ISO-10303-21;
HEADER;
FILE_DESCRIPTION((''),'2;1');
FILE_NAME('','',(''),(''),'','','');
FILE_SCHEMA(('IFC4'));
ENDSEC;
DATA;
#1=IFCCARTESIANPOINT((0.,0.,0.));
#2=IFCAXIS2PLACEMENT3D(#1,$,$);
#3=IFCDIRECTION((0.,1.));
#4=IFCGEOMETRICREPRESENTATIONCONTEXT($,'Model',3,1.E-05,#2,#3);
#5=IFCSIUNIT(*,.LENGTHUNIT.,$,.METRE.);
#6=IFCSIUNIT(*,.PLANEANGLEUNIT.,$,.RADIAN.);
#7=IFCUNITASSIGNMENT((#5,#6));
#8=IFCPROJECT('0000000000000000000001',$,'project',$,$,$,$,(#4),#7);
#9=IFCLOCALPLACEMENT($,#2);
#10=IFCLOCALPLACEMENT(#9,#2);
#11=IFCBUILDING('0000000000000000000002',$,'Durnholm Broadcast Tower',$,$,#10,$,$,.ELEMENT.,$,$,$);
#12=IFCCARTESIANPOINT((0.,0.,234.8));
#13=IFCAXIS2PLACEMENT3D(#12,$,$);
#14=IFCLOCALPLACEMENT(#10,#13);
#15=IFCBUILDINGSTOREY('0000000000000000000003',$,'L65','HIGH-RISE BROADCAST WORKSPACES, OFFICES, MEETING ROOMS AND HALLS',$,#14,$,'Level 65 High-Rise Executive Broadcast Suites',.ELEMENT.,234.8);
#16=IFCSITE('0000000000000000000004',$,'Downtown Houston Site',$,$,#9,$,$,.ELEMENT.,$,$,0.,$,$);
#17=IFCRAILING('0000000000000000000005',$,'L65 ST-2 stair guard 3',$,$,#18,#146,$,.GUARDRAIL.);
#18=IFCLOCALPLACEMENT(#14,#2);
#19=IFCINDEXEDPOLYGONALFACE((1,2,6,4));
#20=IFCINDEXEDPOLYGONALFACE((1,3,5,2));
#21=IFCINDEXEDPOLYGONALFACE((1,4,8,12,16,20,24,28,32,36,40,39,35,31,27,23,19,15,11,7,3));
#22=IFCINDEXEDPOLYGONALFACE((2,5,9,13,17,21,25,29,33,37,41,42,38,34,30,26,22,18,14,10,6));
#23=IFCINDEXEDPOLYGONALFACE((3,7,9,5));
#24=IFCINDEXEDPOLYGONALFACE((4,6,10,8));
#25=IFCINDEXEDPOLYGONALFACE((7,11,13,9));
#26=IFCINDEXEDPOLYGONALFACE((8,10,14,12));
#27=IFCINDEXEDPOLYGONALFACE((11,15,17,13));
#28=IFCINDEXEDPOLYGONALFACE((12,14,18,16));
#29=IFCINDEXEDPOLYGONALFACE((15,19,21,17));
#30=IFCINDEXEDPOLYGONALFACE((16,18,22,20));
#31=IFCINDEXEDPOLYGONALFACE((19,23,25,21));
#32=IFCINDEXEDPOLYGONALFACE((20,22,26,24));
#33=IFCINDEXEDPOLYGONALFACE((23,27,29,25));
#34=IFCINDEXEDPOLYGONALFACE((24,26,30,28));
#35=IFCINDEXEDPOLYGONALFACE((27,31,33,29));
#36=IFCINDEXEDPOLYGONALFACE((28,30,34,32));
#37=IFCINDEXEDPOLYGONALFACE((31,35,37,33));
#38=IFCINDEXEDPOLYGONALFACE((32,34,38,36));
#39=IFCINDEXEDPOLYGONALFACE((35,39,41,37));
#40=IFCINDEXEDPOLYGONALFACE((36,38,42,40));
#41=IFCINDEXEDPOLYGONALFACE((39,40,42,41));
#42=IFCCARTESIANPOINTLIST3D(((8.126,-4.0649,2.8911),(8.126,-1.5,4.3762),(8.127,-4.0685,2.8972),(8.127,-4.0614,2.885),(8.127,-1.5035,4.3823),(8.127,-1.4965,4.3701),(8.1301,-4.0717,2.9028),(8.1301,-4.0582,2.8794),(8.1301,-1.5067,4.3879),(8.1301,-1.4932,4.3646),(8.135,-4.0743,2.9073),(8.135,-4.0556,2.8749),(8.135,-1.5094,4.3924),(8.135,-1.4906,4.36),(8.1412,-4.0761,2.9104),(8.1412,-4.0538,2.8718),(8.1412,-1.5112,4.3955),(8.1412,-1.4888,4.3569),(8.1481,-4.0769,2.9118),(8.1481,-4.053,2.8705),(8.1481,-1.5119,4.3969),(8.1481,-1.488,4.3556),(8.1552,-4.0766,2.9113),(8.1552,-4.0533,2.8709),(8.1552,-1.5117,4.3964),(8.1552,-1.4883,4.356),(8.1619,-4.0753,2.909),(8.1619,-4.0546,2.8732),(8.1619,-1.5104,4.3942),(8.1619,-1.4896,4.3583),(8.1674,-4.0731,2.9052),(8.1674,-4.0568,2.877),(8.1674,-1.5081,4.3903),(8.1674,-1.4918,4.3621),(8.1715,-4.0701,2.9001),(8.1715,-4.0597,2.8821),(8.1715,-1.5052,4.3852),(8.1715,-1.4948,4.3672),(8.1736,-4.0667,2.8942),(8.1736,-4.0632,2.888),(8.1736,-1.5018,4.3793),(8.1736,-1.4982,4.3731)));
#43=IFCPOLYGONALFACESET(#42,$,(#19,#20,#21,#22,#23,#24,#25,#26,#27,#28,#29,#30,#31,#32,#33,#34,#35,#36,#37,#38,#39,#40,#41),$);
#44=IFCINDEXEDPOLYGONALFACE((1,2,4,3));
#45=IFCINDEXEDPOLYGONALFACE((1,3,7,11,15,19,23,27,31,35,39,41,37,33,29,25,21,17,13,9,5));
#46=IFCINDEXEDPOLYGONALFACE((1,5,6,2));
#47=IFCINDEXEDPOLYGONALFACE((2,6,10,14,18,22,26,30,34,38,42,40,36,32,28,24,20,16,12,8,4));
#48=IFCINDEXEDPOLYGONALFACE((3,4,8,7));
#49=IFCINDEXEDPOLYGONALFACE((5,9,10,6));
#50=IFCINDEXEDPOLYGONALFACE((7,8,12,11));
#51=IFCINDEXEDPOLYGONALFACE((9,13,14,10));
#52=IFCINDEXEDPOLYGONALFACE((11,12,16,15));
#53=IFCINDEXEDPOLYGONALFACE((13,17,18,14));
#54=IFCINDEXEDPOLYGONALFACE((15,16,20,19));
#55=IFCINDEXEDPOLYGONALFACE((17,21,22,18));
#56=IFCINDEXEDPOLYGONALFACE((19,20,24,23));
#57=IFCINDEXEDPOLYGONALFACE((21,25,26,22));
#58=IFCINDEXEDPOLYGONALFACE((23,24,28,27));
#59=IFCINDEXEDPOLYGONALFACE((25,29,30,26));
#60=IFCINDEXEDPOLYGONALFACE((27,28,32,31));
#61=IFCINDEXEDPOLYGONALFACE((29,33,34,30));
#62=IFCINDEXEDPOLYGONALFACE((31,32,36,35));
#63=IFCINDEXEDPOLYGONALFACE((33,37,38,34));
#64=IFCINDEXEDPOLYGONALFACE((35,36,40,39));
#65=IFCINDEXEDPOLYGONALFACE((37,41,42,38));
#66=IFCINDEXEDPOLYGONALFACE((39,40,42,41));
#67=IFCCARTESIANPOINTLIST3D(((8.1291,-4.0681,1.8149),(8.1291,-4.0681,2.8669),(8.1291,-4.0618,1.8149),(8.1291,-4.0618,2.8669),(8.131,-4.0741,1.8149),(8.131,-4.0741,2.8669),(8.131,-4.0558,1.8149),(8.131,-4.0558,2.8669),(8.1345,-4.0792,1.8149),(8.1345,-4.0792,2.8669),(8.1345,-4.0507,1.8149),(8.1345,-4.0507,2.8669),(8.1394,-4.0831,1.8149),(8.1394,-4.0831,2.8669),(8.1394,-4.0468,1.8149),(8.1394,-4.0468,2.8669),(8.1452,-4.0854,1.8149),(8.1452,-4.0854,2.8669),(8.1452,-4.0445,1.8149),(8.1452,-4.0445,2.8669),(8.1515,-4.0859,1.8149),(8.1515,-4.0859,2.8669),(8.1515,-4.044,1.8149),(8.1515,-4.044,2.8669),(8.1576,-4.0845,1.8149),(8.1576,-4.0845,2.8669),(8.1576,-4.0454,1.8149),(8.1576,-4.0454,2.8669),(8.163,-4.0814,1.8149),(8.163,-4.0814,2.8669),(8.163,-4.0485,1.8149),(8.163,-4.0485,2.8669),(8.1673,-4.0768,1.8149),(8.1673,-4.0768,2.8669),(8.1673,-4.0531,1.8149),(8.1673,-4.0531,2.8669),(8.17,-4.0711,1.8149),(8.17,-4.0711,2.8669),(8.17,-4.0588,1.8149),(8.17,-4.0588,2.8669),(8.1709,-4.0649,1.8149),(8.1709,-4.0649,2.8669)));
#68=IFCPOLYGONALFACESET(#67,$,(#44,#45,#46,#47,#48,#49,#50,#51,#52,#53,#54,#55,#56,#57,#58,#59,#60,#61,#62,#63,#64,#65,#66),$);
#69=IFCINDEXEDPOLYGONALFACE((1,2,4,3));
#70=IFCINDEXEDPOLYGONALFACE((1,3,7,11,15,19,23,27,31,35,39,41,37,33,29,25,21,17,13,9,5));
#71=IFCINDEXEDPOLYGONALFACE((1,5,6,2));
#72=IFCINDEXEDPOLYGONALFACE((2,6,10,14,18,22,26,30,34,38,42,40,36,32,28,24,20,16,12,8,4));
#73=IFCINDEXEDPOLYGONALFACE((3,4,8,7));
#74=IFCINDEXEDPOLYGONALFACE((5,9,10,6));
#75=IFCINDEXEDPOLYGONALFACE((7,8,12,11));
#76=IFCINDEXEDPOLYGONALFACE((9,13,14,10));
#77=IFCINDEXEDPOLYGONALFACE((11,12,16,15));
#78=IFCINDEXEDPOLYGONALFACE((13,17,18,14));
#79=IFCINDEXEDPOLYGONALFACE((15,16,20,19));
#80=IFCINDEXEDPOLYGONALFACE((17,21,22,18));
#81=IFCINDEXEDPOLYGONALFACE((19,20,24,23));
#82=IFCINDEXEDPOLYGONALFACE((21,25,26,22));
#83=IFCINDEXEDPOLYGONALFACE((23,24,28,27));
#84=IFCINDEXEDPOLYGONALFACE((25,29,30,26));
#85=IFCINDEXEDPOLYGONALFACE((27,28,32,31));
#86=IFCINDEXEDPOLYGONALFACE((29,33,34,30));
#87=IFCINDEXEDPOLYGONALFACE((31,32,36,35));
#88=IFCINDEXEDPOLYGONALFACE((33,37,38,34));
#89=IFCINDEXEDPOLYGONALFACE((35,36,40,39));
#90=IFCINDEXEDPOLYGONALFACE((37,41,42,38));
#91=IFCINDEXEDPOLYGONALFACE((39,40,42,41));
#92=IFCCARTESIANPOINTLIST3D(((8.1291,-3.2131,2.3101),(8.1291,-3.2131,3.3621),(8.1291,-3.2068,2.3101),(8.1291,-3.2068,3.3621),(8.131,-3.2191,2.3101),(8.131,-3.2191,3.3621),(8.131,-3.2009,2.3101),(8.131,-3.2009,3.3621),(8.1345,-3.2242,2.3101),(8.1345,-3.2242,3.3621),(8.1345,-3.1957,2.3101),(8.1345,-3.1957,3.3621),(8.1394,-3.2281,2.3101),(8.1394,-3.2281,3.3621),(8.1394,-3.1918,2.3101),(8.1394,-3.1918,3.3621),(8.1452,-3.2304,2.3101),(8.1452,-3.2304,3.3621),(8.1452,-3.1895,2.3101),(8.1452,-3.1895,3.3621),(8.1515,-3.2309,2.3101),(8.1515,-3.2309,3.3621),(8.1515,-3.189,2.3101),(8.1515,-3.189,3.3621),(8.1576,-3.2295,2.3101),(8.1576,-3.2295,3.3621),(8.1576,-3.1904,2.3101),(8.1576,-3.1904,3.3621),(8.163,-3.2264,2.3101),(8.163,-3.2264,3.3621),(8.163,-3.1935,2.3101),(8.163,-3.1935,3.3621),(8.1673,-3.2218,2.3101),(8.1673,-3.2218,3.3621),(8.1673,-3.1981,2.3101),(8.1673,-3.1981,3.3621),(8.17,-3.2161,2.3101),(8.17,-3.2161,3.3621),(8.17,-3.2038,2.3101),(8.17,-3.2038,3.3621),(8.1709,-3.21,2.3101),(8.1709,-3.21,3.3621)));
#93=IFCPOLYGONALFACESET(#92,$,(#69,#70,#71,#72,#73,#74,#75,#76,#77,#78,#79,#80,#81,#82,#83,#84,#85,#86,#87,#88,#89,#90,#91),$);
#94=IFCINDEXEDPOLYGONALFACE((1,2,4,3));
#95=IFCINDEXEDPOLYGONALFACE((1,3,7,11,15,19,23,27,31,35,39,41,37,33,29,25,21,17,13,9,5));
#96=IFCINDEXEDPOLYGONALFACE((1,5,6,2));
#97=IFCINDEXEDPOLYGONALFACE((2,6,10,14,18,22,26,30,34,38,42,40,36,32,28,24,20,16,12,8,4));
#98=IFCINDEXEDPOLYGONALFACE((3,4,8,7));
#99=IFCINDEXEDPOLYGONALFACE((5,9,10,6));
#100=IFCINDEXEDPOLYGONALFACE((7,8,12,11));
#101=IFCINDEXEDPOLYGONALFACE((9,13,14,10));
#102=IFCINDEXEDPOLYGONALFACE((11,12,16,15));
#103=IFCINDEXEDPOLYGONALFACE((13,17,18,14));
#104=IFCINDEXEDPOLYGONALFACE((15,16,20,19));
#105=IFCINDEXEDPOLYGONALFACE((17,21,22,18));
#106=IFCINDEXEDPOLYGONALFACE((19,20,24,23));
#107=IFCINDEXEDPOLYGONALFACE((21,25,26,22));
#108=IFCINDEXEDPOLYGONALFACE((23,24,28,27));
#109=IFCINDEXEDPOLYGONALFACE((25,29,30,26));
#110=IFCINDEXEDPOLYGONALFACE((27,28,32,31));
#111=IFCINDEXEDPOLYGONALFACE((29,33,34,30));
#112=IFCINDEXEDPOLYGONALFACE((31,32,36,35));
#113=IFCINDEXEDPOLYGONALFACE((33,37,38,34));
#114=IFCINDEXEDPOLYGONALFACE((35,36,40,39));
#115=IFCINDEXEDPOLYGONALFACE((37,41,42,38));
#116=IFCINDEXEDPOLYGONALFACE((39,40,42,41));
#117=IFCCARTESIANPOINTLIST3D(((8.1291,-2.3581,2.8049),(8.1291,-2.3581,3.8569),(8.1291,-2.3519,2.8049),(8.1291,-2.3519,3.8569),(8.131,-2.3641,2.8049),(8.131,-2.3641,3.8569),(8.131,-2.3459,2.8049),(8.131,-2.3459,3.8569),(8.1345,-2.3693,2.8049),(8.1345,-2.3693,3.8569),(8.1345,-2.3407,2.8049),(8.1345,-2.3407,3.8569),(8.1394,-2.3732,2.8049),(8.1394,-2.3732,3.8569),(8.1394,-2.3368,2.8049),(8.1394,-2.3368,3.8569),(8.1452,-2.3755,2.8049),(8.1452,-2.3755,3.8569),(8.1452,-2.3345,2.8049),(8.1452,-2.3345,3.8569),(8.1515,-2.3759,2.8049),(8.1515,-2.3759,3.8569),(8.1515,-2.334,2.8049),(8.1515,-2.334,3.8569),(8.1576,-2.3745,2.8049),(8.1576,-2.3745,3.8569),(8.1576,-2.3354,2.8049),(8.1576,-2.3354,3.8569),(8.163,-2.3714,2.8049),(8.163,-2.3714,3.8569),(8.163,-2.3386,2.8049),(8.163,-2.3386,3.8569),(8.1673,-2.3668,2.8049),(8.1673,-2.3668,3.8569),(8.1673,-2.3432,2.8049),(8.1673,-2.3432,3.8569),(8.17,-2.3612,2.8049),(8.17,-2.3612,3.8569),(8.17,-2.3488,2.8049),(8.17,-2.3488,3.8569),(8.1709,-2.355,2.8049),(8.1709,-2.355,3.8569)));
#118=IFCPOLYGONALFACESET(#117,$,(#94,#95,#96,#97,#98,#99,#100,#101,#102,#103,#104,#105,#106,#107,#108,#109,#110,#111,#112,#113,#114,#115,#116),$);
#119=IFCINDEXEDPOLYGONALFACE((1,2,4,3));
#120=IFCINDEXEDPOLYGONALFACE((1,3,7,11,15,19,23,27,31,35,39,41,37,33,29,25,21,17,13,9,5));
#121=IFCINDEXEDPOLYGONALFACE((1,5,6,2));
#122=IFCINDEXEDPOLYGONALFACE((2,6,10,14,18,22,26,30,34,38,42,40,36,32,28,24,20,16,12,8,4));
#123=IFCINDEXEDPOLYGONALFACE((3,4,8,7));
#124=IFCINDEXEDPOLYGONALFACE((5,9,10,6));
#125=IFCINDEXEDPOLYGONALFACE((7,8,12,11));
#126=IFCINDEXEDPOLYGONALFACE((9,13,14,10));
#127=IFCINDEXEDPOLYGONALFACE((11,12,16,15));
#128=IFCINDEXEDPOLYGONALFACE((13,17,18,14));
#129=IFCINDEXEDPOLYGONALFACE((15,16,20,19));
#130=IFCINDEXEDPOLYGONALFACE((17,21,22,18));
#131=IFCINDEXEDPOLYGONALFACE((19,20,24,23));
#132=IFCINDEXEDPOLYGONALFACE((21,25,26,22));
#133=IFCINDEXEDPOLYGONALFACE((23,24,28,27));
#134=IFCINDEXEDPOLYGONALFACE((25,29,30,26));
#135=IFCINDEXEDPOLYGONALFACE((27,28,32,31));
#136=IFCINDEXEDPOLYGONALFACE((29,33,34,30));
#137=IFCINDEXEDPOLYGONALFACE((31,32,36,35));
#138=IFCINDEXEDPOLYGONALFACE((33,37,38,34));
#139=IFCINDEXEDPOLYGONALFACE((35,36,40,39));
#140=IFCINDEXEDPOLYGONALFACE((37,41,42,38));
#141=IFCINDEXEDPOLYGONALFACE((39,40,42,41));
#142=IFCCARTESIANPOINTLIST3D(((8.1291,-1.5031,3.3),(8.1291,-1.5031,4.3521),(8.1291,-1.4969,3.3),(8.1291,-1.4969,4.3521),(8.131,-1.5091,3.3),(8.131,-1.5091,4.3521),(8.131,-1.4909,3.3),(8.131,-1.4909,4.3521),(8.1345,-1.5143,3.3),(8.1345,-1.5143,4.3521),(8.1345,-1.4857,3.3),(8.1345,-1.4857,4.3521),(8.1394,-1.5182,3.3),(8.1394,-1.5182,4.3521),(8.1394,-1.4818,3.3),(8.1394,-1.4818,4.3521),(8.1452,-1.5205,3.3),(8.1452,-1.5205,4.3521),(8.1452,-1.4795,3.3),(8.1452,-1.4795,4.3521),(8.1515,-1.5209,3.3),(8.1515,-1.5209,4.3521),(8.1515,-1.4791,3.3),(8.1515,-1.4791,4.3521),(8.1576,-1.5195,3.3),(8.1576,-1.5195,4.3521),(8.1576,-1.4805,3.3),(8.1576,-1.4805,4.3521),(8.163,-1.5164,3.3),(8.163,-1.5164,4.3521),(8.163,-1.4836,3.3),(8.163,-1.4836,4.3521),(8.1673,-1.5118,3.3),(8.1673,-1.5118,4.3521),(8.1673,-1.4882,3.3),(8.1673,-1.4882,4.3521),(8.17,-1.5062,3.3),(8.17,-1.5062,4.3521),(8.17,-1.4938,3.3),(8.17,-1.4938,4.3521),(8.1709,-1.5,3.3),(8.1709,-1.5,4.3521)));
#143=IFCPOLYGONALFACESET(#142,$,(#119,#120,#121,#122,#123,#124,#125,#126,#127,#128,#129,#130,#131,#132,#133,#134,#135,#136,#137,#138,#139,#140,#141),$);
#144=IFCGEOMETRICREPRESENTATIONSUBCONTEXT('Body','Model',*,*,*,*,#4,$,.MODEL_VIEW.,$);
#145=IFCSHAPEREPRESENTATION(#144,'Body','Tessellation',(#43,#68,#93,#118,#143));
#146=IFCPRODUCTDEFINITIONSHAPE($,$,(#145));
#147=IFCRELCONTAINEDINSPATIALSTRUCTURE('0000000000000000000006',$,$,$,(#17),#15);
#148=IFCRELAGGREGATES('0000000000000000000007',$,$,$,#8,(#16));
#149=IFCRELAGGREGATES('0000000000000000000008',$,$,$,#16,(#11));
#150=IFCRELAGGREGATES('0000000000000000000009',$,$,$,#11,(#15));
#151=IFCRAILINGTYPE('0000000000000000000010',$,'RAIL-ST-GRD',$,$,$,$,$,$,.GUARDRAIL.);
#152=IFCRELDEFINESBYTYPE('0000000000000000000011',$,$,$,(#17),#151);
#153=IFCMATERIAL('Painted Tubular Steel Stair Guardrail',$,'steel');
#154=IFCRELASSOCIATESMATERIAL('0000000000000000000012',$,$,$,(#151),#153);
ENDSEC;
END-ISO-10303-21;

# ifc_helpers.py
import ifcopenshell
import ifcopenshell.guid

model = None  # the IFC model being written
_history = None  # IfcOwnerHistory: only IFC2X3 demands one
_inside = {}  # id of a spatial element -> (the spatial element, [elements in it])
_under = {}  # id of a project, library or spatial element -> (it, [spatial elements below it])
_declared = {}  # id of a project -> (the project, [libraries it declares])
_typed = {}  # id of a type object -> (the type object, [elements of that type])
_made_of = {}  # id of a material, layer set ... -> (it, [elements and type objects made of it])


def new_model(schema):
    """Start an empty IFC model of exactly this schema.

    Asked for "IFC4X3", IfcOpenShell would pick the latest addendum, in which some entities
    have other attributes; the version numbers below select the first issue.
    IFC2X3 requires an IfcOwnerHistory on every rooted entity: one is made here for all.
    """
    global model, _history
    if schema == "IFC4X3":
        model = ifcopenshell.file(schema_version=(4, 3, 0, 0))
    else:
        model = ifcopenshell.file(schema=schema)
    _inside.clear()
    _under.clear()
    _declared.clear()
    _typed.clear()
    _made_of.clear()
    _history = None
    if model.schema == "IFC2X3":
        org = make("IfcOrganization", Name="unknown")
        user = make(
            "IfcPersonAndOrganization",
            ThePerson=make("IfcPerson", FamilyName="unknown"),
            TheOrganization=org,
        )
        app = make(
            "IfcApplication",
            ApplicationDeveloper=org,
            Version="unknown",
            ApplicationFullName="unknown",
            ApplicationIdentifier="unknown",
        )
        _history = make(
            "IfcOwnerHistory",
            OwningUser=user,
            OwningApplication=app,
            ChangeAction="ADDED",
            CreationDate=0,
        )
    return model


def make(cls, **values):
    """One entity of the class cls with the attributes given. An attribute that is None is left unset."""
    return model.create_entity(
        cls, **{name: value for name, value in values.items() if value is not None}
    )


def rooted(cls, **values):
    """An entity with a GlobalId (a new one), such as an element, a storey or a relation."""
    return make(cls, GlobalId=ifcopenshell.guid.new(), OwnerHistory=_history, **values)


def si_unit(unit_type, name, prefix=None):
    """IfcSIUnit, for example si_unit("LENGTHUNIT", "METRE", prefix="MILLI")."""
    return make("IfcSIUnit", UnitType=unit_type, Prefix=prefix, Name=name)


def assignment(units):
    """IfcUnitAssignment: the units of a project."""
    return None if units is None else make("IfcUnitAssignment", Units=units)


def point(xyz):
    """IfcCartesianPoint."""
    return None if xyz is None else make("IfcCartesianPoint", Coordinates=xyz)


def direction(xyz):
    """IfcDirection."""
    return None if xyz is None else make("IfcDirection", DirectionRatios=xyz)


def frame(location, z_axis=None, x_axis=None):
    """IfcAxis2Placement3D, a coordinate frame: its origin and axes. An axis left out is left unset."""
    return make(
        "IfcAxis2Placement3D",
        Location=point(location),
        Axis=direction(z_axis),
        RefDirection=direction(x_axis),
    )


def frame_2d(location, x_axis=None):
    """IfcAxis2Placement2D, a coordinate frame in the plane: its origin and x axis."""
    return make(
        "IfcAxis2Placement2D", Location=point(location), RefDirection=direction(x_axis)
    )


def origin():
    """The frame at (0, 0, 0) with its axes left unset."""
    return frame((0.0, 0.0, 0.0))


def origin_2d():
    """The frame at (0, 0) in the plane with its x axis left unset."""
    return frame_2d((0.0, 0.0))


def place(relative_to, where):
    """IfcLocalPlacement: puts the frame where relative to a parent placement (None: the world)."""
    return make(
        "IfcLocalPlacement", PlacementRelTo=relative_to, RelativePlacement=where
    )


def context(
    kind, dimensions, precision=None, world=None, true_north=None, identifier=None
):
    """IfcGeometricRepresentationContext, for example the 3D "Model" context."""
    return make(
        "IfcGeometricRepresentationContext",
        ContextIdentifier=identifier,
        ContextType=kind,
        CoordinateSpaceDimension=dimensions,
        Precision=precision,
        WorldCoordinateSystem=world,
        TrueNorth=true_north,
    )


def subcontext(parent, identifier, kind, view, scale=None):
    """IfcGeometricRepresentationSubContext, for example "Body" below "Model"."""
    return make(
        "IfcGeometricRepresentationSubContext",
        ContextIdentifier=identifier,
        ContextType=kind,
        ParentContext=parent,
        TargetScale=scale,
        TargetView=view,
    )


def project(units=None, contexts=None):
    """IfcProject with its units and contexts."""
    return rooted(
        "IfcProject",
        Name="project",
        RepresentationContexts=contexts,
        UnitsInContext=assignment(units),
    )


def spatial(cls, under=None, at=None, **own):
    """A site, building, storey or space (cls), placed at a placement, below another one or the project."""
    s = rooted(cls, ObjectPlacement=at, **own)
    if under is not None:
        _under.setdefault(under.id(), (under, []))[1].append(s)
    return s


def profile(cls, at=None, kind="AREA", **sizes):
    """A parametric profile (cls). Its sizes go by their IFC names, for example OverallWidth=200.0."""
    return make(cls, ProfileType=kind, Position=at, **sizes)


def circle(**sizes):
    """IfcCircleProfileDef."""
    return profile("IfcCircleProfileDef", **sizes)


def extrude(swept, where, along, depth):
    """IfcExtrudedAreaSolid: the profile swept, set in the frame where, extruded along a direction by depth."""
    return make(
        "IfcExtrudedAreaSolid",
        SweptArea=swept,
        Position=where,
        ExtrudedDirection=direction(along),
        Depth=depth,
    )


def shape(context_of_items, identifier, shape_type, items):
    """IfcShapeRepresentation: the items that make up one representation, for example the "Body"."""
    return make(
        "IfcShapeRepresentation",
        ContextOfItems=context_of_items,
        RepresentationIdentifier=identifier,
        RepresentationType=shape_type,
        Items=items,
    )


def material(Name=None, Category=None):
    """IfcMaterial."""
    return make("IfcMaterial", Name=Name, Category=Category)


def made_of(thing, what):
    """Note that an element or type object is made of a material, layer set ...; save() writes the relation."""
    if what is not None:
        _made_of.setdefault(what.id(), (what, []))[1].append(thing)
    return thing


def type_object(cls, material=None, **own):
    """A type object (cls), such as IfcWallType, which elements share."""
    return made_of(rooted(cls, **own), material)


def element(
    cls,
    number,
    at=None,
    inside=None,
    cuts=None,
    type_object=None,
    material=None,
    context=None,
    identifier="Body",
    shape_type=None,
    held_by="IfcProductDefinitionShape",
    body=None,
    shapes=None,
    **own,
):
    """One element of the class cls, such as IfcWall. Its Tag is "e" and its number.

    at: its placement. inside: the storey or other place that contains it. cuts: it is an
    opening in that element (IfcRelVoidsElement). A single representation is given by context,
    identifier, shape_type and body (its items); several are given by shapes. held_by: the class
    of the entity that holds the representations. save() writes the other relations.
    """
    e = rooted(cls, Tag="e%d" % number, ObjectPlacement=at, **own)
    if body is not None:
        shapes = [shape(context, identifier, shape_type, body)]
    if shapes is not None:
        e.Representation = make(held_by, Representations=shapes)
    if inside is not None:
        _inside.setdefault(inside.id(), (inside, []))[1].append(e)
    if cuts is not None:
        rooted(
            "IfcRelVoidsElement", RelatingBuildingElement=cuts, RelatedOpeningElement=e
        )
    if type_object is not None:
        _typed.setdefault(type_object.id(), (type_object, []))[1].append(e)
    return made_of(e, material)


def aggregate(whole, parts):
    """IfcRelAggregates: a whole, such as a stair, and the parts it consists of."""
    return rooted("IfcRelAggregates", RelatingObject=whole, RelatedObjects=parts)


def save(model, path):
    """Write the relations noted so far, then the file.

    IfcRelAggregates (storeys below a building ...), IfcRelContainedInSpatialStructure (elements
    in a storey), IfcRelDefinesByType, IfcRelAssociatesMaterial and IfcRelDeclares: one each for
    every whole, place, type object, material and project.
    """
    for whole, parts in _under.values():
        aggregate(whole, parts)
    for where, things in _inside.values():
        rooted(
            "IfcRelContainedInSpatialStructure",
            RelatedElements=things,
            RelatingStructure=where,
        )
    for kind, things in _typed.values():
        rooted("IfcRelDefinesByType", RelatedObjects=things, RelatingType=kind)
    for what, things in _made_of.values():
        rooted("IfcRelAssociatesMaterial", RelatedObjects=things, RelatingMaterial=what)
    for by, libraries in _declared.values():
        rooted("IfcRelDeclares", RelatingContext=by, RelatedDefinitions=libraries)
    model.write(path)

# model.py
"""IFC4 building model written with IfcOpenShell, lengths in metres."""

from ifc_helpers import new_model, si_unit, direction, frame, origin, origin_2d, place, context, subcontext, project, spatial, circle, extrude, material, type_object, element, save


model = new_model("IFC4")

# Units and contexts
model_context = context("Model", 3, precision=1e-05, world=origin(), true_north=direction((0.0, 1.0)))
body_context = subcontext(model_context, "Body", "Model", "MODEL_VIEW")
ifc_project = project(units=[si_unit("LENGTHUNIT", "METRE"), si_unit("PLANEANGLEUNIT", "RADIAN")], contexts=[model_context])

# Site, building, storey
site_placement = place(None, origin())
site = spatial("IfcSite", under=ifc_project, at=site_placement, Name="Downtown Houston Site", CompositionType="ELEMENT", RefElevation=0.0)
building_placement = place(site_placement, origin())
building = spatial("IfcBuilding", under=site, at=building_placement, Name="Durnholm Broadcast Tower", CompositionType="ELEMENT")
storey_placement = place(building_placement, frame((0.0, 0.0, 234.8)))
storey = spatial("IfcBuildingStorey", under=building, at=storey_placement, Name="L65", Description="HIGH-RISE BROADCAST WORKSPACES, OFFICES, MEETING ROOMS AND HALLS", LongName="Level 65 High-Rise Executive Broadcast Suites", CompositionType="ELEMENT", Elevation=234.8)

# Railing
ifc_material_1 = material(Name="Painted Tubular Steel Stair Guardrail", Category="steel")
railing_type_1 = type_object("IfcRailingType", Name="RAIL-ST-GRD", PredefinedType="GUARDRAIL", material=ifc_material_1)
railing_1_placement = place(storey_placement, frame((8.1499, -4.0649, 1.8149)))
element("IfcRailing", 1, at=railing_1_placement, inside=storey, type_object=railing_type_1, Name="L65 ST-2 stair guard 3", PredefinedType="GUARDRAIL", context=body_context, shape_type="SweptSolid", body=[
    extrude(circle(Radius=0.0239, at=origin_2d()), frame((0.0, 0.0, 1.0762), z_axis=(0.0, 0.865406, 0.501072), x_axis=(-1.0, 0.0, 0.0)), (0.0, 0.0, 1.0), 2.9639),
    extrude(circle(Radius=0.021, at=origin_2d()), origin(), (0.0, 0.0, 1.0), 1.052),
    extrude(circle(Radius=0.021, at=origin_2d()), frame((0.0, 0.855, 0.4951)), (0.0, 0.0, 1.0), 1.052),
    extrude(circle(Radius=0.021, at=origin_2d()), frame((0.0, 1.71, 0.99)), (0.0, 0.0, 1.0), 1.052),
    extrude(circle(Radius=0.021, at=origin_2d()), frame((0.0, 2.5649, 1.4851)), (0.0, 0.0, 1.0), 1.052),
])

save(model, "model.ifc")
